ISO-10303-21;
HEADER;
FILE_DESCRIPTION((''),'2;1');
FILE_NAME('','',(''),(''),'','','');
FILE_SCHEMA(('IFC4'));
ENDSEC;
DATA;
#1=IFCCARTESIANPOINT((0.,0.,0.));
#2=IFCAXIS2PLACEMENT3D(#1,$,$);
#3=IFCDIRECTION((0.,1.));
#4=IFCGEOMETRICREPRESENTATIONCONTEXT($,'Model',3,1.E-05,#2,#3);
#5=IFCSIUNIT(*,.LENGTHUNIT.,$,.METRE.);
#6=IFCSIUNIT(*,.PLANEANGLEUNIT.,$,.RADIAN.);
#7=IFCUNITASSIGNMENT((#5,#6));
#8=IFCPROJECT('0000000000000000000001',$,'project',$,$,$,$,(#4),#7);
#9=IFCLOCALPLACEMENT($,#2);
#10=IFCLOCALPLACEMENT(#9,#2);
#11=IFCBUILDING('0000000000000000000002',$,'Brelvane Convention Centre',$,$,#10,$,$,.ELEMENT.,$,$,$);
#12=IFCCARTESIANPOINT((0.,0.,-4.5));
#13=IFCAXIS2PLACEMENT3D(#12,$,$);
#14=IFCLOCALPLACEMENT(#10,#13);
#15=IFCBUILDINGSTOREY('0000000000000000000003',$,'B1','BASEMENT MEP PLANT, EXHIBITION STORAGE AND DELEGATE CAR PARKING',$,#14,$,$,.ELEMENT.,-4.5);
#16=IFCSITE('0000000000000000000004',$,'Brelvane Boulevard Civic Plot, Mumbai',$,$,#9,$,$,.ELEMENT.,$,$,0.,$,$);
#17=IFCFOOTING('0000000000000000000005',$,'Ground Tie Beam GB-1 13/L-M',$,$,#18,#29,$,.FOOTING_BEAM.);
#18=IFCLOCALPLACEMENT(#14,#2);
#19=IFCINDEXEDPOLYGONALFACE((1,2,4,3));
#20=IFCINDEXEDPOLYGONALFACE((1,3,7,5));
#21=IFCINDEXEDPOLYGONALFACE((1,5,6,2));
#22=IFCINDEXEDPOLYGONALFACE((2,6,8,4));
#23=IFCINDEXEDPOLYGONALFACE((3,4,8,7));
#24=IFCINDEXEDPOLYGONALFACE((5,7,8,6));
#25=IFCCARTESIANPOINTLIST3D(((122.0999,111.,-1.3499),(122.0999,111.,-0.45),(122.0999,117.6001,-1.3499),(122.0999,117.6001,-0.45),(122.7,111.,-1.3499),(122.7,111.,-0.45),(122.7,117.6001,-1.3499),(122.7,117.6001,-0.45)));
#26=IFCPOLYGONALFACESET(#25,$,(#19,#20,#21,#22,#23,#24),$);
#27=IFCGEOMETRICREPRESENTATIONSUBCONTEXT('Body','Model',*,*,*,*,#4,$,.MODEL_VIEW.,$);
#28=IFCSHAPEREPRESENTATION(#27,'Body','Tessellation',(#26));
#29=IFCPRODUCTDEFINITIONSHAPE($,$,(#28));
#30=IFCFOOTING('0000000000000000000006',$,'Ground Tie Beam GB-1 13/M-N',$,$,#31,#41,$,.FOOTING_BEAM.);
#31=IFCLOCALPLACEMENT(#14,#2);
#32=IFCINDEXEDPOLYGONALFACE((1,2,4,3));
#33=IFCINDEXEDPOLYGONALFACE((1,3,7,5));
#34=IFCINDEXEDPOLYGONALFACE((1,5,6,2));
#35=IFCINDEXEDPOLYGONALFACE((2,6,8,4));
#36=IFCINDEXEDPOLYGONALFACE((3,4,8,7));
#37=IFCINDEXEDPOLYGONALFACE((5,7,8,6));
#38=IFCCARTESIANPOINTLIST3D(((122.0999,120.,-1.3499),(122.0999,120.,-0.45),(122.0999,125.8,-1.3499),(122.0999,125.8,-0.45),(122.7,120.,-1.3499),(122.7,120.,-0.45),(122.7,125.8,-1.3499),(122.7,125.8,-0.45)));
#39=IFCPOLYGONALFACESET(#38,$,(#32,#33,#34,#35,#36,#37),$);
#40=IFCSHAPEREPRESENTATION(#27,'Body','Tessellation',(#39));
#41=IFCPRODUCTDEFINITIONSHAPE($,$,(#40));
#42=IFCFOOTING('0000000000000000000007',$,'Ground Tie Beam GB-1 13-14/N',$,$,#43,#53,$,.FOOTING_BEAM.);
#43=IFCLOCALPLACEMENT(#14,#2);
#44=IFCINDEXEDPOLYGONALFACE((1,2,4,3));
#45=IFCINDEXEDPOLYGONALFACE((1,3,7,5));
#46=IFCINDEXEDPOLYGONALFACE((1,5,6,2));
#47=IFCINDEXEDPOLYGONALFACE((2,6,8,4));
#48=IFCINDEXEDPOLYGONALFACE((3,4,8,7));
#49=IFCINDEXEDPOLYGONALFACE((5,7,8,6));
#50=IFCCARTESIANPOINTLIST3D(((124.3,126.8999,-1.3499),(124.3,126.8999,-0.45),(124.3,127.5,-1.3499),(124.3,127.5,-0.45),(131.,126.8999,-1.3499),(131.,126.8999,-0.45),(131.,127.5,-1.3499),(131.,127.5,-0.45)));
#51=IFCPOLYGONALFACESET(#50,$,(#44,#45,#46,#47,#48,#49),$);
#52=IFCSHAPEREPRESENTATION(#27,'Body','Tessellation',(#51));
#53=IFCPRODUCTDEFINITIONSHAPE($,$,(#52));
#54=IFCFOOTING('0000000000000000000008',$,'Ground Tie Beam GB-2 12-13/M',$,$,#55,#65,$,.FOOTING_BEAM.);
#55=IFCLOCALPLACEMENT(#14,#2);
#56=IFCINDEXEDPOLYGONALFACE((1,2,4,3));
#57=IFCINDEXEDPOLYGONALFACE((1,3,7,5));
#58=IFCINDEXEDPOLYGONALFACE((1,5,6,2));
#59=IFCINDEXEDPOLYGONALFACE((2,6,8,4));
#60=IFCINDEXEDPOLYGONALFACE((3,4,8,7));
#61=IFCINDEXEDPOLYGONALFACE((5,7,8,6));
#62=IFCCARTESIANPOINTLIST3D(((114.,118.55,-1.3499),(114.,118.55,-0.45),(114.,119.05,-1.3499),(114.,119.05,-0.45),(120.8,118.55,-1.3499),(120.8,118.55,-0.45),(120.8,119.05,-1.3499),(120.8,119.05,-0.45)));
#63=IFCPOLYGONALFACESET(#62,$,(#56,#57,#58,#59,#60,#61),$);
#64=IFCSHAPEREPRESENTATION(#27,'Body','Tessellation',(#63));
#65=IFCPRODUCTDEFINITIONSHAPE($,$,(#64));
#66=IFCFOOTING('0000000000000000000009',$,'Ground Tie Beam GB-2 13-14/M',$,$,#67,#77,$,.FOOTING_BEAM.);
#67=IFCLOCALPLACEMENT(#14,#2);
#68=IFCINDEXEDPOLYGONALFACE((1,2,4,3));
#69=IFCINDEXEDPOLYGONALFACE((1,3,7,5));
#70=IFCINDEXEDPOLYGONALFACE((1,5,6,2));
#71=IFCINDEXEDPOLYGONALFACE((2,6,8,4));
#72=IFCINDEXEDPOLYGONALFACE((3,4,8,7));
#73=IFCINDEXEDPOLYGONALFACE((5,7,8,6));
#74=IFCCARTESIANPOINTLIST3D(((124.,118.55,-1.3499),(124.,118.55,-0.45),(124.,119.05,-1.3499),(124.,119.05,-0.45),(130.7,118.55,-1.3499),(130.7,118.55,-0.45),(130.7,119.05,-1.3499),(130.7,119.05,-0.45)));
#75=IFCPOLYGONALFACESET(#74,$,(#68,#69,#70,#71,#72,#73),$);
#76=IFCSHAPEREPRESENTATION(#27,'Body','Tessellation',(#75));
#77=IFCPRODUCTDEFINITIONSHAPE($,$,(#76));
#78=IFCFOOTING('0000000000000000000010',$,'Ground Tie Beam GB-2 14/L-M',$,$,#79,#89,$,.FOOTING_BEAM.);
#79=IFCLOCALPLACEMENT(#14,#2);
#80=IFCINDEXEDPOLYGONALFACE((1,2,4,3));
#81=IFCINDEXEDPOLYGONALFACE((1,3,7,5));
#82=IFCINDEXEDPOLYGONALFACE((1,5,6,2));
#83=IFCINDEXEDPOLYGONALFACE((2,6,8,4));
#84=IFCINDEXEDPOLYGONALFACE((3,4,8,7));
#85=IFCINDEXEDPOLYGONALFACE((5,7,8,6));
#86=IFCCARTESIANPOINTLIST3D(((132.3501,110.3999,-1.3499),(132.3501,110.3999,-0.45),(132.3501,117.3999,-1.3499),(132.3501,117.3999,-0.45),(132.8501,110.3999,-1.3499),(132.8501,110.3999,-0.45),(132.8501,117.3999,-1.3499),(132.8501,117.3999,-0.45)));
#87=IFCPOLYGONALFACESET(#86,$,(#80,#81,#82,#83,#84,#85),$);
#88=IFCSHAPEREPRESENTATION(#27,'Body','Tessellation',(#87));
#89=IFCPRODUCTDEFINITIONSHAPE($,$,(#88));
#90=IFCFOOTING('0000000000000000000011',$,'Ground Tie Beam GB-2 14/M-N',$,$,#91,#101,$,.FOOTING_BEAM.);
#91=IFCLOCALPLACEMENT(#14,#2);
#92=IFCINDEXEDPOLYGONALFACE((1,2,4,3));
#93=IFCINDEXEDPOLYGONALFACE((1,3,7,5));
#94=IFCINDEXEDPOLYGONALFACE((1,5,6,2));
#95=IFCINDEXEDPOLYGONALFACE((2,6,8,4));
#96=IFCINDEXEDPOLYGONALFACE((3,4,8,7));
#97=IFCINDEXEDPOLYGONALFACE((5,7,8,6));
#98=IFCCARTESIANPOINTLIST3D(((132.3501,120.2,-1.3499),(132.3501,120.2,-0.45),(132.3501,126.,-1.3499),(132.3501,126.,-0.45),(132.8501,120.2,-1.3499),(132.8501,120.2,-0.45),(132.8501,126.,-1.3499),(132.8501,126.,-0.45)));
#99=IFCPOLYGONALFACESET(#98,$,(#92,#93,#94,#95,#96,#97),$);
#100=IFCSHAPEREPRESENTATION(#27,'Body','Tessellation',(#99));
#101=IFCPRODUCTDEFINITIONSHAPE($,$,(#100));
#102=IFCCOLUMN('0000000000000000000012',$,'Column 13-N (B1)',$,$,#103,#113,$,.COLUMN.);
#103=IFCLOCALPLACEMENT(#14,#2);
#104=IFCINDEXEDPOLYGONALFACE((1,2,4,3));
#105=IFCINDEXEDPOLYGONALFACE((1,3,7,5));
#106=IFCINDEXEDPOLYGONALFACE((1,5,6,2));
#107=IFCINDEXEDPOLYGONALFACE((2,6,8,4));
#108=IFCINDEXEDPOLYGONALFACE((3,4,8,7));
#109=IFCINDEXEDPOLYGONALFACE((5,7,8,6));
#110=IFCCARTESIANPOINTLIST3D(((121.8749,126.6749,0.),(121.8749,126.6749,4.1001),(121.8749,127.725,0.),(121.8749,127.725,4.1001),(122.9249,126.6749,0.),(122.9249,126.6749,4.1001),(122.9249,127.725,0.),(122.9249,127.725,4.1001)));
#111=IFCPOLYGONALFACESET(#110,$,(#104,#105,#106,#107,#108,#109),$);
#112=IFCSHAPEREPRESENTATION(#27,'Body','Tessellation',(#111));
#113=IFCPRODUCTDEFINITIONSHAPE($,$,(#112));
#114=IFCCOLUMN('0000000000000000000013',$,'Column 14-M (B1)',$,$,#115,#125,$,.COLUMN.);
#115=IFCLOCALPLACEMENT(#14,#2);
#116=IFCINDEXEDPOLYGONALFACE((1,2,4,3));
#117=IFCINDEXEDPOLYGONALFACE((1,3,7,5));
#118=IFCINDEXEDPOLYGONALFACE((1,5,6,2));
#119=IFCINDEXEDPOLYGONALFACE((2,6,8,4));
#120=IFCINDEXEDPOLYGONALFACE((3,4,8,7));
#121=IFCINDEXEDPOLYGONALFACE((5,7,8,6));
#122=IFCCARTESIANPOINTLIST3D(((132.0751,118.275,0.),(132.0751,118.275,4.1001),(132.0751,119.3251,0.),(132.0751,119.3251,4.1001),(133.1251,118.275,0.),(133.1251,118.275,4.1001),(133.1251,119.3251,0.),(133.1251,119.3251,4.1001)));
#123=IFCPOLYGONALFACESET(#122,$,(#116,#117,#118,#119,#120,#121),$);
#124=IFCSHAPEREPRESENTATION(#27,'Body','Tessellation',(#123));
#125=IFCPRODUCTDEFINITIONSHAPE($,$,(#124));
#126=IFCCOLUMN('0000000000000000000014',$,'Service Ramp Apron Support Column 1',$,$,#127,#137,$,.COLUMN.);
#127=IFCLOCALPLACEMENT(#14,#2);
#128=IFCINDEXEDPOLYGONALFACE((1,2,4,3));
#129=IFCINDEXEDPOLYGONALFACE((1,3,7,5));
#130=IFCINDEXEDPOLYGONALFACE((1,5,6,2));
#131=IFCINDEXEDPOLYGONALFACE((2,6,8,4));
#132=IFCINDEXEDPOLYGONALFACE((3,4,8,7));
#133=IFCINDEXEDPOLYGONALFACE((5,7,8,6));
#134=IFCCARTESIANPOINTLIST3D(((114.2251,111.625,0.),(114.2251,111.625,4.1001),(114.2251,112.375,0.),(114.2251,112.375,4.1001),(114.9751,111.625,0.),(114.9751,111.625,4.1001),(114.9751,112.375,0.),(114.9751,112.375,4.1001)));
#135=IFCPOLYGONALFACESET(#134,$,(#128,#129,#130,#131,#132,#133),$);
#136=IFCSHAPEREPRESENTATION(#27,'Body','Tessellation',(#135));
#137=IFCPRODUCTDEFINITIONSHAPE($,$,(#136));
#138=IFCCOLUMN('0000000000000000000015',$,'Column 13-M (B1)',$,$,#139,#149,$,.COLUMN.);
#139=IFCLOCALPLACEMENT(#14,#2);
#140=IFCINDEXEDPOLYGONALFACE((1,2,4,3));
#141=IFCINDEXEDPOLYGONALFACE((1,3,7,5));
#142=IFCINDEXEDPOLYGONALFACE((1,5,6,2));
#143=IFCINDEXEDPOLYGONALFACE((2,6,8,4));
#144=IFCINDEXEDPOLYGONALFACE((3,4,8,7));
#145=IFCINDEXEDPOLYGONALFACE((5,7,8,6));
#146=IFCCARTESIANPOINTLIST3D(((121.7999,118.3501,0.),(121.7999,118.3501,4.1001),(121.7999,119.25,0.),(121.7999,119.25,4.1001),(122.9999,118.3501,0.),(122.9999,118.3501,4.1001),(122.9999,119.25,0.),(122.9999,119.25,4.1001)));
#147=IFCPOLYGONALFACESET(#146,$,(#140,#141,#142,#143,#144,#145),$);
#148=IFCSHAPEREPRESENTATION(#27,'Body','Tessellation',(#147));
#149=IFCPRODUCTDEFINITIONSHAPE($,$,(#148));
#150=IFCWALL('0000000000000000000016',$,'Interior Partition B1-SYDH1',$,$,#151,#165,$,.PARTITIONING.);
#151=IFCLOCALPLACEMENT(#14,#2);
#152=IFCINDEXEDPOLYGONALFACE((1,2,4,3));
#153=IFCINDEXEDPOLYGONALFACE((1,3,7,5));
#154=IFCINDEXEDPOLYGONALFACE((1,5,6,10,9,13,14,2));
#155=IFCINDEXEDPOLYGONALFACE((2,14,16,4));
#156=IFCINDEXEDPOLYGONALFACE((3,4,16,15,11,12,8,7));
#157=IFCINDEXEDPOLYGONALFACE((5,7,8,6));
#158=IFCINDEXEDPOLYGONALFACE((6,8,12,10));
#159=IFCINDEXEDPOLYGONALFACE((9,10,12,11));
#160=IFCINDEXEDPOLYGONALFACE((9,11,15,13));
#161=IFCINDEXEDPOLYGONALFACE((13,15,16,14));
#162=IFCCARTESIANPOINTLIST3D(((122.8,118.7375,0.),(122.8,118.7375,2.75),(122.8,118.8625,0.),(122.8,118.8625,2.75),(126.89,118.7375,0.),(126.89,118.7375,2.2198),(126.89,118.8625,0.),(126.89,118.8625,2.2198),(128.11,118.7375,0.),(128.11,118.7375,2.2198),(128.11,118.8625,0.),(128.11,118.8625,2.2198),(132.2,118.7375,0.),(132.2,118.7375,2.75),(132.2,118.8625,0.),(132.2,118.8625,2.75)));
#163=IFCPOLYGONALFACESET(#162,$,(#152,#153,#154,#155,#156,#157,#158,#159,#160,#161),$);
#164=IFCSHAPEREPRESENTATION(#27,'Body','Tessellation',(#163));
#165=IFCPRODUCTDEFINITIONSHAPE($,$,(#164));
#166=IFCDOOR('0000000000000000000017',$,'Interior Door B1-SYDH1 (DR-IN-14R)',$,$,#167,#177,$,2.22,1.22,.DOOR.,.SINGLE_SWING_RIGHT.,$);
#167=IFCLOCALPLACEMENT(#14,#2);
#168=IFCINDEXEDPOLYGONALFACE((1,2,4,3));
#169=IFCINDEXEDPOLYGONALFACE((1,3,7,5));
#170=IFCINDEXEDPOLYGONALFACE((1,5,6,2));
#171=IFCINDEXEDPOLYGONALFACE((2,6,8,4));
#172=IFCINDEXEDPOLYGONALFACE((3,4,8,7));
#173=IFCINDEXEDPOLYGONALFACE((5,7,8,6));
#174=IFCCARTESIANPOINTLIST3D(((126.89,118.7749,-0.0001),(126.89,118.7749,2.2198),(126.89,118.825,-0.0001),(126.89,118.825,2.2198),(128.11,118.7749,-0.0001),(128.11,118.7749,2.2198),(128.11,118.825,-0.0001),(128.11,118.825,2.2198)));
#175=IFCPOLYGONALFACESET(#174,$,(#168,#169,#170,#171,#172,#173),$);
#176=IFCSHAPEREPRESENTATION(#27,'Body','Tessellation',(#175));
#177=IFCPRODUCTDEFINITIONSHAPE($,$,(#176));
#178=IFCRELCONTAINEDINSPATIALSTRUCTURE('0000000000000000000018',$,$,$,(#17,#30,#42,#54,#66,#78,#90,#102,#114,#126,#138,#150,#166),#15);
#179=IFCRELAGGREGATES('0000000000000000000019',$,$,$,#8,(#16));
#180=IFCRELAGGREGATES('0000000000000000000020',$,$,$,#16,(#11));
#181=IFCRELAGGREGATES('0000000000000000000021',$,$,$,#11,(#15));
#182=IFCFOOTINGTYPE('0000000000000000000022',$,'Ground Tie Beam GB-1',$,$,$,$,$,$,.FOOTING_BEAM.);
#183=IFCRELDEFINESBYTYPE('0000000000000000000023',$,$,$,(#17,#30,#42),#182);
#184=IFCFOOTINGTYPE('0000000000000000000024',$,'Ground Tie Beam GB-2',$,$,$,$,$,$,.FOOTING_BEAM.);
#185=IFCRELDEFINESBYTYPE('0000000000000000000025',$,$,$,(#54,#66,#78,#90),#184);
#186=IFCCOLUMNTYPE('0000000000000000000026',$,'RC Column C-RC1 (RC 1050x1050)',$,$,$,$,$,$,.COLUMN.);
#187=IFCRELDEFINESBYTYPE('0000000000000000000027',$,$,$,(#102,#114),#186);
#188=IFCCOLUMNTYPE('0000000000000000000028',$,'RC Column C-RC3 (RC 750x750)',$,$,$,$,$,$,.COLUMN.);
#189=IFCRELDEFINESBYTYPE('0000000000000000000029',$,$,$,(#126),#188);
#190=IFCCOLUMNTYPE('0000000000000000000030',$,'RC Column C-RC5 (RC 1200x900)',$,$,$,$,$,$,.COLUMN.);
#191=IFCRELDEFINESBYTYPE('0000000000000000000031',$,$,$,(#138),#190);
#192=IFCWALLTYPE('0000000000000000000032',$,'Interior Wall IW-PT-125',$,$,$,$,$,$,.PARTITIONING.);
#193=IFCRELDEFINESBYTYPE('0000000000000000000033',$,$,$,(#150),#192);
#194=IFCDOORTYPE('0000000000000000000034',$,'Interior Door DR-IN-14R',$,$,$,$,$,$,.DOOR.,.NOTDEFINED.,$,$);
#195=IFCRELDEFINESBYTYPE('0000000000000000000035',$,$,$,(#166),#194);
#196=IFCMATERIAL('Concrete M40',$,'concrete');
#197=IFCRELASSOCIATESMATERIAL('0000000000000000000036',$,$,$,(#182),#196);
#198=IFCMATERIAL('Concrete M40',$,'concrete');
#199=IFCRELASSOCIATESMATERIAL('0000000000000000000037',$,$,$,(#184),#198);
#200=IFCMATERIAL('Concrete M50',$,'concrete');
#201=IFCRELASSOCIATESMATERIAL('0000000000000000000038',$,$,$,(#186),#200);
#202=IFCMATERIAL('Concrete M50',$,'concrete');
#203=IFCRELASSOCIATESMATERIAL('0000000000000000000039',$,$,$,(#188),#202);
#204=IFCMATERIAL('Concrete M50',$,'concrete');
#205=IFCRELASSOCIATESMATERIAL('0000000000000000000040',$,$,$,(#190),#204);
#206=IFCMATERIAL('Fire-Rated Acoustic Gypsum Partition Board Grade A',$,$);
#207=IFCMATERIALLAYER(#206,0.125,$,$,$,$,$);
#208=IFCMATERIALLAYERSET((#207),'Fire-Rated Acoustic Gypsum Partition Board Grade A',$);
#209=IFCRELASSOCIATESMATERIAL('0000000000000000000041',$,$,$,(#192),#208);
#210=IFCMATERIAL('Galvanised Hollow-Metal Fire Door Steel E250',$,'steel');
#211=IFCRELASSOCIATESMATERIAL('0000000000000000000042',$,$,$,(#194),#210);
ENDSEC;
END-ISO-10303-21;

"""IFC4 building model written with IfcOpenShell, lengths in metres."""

from ifc_helpers import new_model, si_unit, direction, frame, frame_2d, origin, origin_2d, place, context, subcontext, project, spatial, rectangle, extrude, material, layer, layer_set, material_profile, profile_set, type_object, element, fill, save


model = new_model("IFC4")

# Units and contexts
model_context = context("Model", 3, precision=1e-05, world=origin(), true_north=direction((0.0, 1.0)))
body_context = subcontext(model_context, "Body", "Model", "MODEL_VIEW")
ifc_project = project(units=[si_unit("LENGTHUNIT", "METRE"), si_unit("PLANEANGLEUNIT", "RADIAN")], contexts=[model_context])

# Site, building, storey
site_placement = place(None, origin())
site = spatial("IfcSite", under=ifc_project, at=site_placement, Name="Brelvane Boulevard Civic Plot, Mumbai", CompositionType="ELEMENT", RefElevation=0.0)
building_placement = place(site_placement, origin())
building = spatial("IfcBuilding", under=site, at=building_placement, Name="Brelvane Convention Centre", CompositionType="ELEMENT")
storey_placement = place(building_placement, frame((0.0, 0.0, -4.5)))
storey = spatial("IfcBuildingStorey", under=building, at=storey_placement, Name="B1", Description="BASEMENT MEP PLANT, EXHIBITION STORAGE AND DELEGATE CAR PARKING", CompositionType="ELEMENT", Elevation=-4.5)

# Footings
ifc_material_1 = material(Name="Concrete M40", Category="concrete")
ifc_material_profile_1 = material_profile(ifc_material_1, rectangle(XDim=0.6001, YDim=0.8999, at=origin_2d()), Name="RC 600x900")
ifc_profile_set_1 = profile_set([ifc_material_profile_1], Name="Concrete M40")
footing_type_1 = type_object("IfcFootingType", Name="Ground Tie Beam GB-1", PredefinedType="FOOTING_BEAM", material=ifc_profile_set_1)
footing_1_placement = place(storey_placement, frame((122.3999, 111.0, -0.8999), z_axis=(0.0, 1.0, 0.0), x_axis=(-1.0, 0.0, 0.0)))
element("IfcFooting", 1, at=footing_1_placement, inside=storey, type_object=footing_type_1, Name="Ground Tie Beam GB-1 13/L-M", PredefinedType="FOOTING_BEAM", context=body_context, shape_type="SweptSolid", body=[
    extrude(rectangle(XDim=0.6001, YDim=0.8999, at=origin_2d()), origin(), (0.0, 0.0, 1.0), 6.6001),
])
footing_2_placement = place(storey_placement, frame((122.3999, 120.0, -0.8999), z_axis=(0.0, 1.0, 0.0), x_axis=(-1.0, 0.0, 0.0)))
element("IfcFooting", 2, at=footing_2_placement, inside=storey, type_object=footing_type_1, Name="Ground Tie Beam GB-1 13/M-N", PredefinedType="FOOTING_BEAM", context=body_context, shape_type="SweptSolid", body=[
    extrude(rectangle(XDim=0.6001, YDim=0.8999, at=origin_2d()), origin(), (0.0, 0.0, 1.0), 5.8),
])
footing_3_placement = place(storey_placement, frame((124.3, 127.2, -0.8999), z_axis=(1.0, 0.0, 0.0), x_axis=(0.0, 1.0, 0.0)))
element("IfcFooting", 3, at=footing_3_placement, inside=storey, type_object=footing_type_1, Name="Ground Tie Beam GB-1 13-14/N", PredefinedType="FOOTING_BEAM", context=body_context, shape_type="SweptSolid", body=[
    extrude(rectangle(XDim=0.6001, YDim=0.8999, at=origin_2d()), origin(), (0.0, 0.0, 1.0), 6.7),
])
ifc_material_2 = material(Name="Concrete M40", Category="concrete")
ifc_material_profile_2 = material_profile(ifc_material_2, rectangle(XDim=0.5, YDim=0.8999, at=origin_2d()), Name="RC 500x900")
ifc_profile_set_2 = profile_set([ifc_material_profile_2], Name="Concrete M40")
footing_type_2 = type_object("IfcFootingType", Name="Ground Tie Beam GB-2", PredefinedType="FOOTING_BEAM", material=ifc_profile_set_2)
footing_4_placement = place(storey_placement, frame((114.0, 118.8, -0.8999), z_axis=(1.0, 0.0, 0.0), x_axis=(0.0, 1.0, 0.0)))
element("IfcFooting", 4, at=footing_4_placement, inside=storey, type_object=footing_type_2, Name="Ground Tie Beam GB-2 12-13/M", PredefinedType="FOOTING_BEAM", context=body_context, shape_type="SweptSolid", body=[
    extrude(rectangle(XDim=0.5, YDim=0.8999, at=origin_2d()), origin(), (0.0, 0.0, 1.0), 6.8),
])
footing_5_placement = place(storey_placement, frame((124.0, 118.8, -0.8999), z_axis=(1.0, 0.0, 0.0), x_axis=(0.0, 1.0, 0.0)))
element("IfcFooting", 5, at=footing_5_placement, inside=storey, type_object=footing_type_2, Name="Ground Tie Beam GB-2 13-14/M", PredefinedType="FOOTING_BEAM", context=body_context, shape_type="SweptSolid", body=[
    extrude(rectangle(XDim=0.5, YDim=0.8999, at=origin_2d()), origin(), (0.0, 0.0, 1.0), 6.7),
])
footing_6_placement = place(storey_placement, frame((132.6001, 110.3999, -0.8999), z_axis=(0.0, 1.0, 0.0), x_axis=(-1.0, 0.0, 0.0)))
element("IfcFooting", 6, at=footing_6_placement, inside=storey, type_object=footing_type_2, Name="Ground Tie Beam GB-2 14/L-M", PredefinedType="FOOTING_BEAM", context=body_context, shape_type="SweptSolid", body=[
    extrude(rectangle(XDim=0.5, YDim=0.8999, at=origin_2d()), origin(), (0.0, 0.0, 1.0), 7.0),
])
footing_7_placement = place(storey_placement, frame((132.6001, 120.2, -0.8999), z_axis=(0.0, 1.0, 0.0), x_axis=(-1.0, 0.0, 0.0)))
element("IfcFooting", 7, at=footing_7_placement, inside=storey, type_object=footing_type_2, Name="Ground Tie Beam GB-2 14/M-N", PredefinedType="FOOTING_BEAM", context=body_context, shape_type="SweptSolid", body=[
    extrude(rectangle(XDim=0.5, YDim=0.8999, at=origin_2d()), origin(), (0.0, 0.0, 1.0), 5.8),
])

# Columns
ifc_material_3 = material(Name="Concrete M50", Category="concrete")
ifc_material_profile_3 = material_profile(ifc_material_3, rectangle(XDim=1.05, YDim=1.05, at=origin_2d()), Name="RC 1050x1050")
ifc_profile_set_3 = profile_set([ifc_material_profile_3], Name="Concrete M50")
column_type_1 = type_object("IfcColumnType", Name="RC Column C-RC1 (RC 1050x1050)", PredefinedType="COLUMN", material=ifc_profile_set_3)
for number, where, z_axis, x_axis, name in (
    (8, (122.3999, 127.2, 0.0), (0.0, 0.0, 1.0), (1.0, 0.0, 0.0), "Column 13-N (B1)"),
    (9, (132.6001, 118.8, 0.0), (0.0, 0.0, 1.0), (1.0, 0.0, 0.0), "Column 14-M (B1)"),
):
    element("IfcColumn", number, at=place(storey_placement, frame(where, z_axis=z_axis, x_axis=x_axis)), inside=storey, type_object=column_type_1, Name=name, PredefinedType="COLUMN", context=body_context, shape_type="SweptSolid", body=[
        extrude(rectangle(XDim=1.05, YDim=1.05, at=origin_2d()), origin(), (0.0, 0.0, 1.0), 4.1001),
    ])
ifc_material_4 = material(Name="Concrete M50", Category="concrete")
ifc_material_profile_4 = material_profile(ifc_material_4, rectangle(XDim=0.75, YDim=0.75, at=origin_2d()), Name="RC 750x750")
ifc_profile_set_4 = profile_set([ifc_material_profile_4], Name="Concrete M50")
column_type_2 = type_object("IfcColumnType", Name="RC Column C-RC3 (RC 750x750)", PredefinedType="COLUMN", material=ifc_profile_set_4)
column_1_placement = place(storey_placement, frame((114.6001, 112.0, 0.0), z_axis=(0.0, 0.0, 1.0), x_axis=(1.0, 0.0, 0.0)))
element("IfcColumn", 10, at=column_1_placement, inside=storey, type_object=column_type_2, Name="Service Ramp Apron Support Column 1", PredefinedType="COLUMN", context=body_context, shape_type="SweptSolid", body=[
    extrude(rectangle(XDim=0.75, YDim=0.75, at=origin_2d()), origin(), (0.0, 0.0, 1.0), 4.1001),
])
ifc_material_5 = material(Name="Concrete M50", Category="concrete")
ifc_material_profile_5 = material_profile(ifc_material_5, rectangle(XDim=1.2, YDim=0.8999, at=origin_2d()), Name="RC 1200x900")
ifc_profile_set_5 = profile_set([ifc_material_profile_5], Name="Concrete M50")
column_type_3 = type_object("IfcColumnType", Name="RC Column C-RC5 (RC 1200x900)", PredefinedType="COLUMN", material=ifc_profile_set_5)
column_2_placement = place(storey_placement, frame((122.3999, 118.8, 0.0), z_axis=(0.0, 0.0, 1.0), x_axis=(1.0, 0.0, 0.0)))
element("IfcColumn", 11, at=column_2_placement, inside=storey, type_object=column_type_3, Name="Column 13-M (B1)", PredefinedType="COLUMN", context=body_context, shape_type="SweptSolid", body=[
    extrude(rectangle(XDim=1.2, YDim=0.8999, at=origin_2d()), origin(), (0.0, 0.0, 1.0), 4.1001),
])

# Wall, opening, door
ifc_material_6 = material(Name="Fire-Rated Acoustic Gypsum Partition Board Grade A")
ifc_layer = layer(ifc_material_6, 0.125)
ifc_layer_set = layer_set([ifc_layer], Name="Fire-Rated Acoustic Gypsum Partition Board Grade A")
wall_type = type_object("IfcWallType", Name="Interior Wall IW-PT-125", PredefinedType="PARTITIONING", material=ifc_layer_set)
wall_placement = place(storey_placement, frame((122.8, 118.8, 0.0), z_axis=(0.0, 0.0, 1.0), x_axis=(1.0, 0.0, 0.0)))
wall = element("IfcWall", 12, at=wall_placement, inside=storey, type_object=wall_type, Name="Interior Partition B1-SYDH1", PredefinedType="PARTITIONING", context=body_context, shape_type="SweptSolid", body=[
    extrude(rectangle(XDim=9.3999, YDim=0.125, at=frame_2d((4.7, 0.0))), origin(), (0.0, 0.0, 1.0), 2.75),
])
opening_placement = place(wall_placement, frame((4.0901, 0.0, 0.0)))
opening = element("IfcOpeningElement", 13, at=opening_placement, cuts=wall, PredefinedType="OPENING", context=body_context, shape_type="SweptSolid", body=[
    extrude(rectangle(XDim=1.22, YDim=2.22, at=frame_2d((0.6099, 1.1099))), frame((0.0, 0.0725, 0.0), z_axis=(0.0, -1.0, 0.0), x_axis=(1.0, 0.0, 0.0)), (0.0, 0.0, 1.0), 0.145),
])
ifc_material_7 = material(Name="Galvanised Hollow-Metal Fire Door Steel E250", Category="steel")
door_type = type_object("IfcDoorType", Name="Interior Door DR-IN-14R", OperationType="NOTDEFINED", PredefinedType="DOOR", material=ifc_material_7)
door_placement = place(opening_placement, origin())
door = element("IfcDoor", 14, at=door_placement, inside=storey, type_object=door_type, Name="Interior Door B1-SYDH1 (DR-IN-14R)", OperationType="SINGLE_SWING_RIGHT", OverallHeight=2.22, OverallWidth=1.22, PredefinedType="DOOR", context=body_context, shape_type="SweptSolid", body=[
    extrude(rectangle(XDim=1.22, YDim=2.22, at=frame_2d((0.6099, 1.1099))), frame((0.0, 0.0249, 0.0), z_axis=(0.0, -1.0, 0.0), x_axis=(1.0, 0.0, 0.0)), (0.0, 0.0, 1.0), 0.05),
])
fill(opening, door)

save(model, "model.ifc")
